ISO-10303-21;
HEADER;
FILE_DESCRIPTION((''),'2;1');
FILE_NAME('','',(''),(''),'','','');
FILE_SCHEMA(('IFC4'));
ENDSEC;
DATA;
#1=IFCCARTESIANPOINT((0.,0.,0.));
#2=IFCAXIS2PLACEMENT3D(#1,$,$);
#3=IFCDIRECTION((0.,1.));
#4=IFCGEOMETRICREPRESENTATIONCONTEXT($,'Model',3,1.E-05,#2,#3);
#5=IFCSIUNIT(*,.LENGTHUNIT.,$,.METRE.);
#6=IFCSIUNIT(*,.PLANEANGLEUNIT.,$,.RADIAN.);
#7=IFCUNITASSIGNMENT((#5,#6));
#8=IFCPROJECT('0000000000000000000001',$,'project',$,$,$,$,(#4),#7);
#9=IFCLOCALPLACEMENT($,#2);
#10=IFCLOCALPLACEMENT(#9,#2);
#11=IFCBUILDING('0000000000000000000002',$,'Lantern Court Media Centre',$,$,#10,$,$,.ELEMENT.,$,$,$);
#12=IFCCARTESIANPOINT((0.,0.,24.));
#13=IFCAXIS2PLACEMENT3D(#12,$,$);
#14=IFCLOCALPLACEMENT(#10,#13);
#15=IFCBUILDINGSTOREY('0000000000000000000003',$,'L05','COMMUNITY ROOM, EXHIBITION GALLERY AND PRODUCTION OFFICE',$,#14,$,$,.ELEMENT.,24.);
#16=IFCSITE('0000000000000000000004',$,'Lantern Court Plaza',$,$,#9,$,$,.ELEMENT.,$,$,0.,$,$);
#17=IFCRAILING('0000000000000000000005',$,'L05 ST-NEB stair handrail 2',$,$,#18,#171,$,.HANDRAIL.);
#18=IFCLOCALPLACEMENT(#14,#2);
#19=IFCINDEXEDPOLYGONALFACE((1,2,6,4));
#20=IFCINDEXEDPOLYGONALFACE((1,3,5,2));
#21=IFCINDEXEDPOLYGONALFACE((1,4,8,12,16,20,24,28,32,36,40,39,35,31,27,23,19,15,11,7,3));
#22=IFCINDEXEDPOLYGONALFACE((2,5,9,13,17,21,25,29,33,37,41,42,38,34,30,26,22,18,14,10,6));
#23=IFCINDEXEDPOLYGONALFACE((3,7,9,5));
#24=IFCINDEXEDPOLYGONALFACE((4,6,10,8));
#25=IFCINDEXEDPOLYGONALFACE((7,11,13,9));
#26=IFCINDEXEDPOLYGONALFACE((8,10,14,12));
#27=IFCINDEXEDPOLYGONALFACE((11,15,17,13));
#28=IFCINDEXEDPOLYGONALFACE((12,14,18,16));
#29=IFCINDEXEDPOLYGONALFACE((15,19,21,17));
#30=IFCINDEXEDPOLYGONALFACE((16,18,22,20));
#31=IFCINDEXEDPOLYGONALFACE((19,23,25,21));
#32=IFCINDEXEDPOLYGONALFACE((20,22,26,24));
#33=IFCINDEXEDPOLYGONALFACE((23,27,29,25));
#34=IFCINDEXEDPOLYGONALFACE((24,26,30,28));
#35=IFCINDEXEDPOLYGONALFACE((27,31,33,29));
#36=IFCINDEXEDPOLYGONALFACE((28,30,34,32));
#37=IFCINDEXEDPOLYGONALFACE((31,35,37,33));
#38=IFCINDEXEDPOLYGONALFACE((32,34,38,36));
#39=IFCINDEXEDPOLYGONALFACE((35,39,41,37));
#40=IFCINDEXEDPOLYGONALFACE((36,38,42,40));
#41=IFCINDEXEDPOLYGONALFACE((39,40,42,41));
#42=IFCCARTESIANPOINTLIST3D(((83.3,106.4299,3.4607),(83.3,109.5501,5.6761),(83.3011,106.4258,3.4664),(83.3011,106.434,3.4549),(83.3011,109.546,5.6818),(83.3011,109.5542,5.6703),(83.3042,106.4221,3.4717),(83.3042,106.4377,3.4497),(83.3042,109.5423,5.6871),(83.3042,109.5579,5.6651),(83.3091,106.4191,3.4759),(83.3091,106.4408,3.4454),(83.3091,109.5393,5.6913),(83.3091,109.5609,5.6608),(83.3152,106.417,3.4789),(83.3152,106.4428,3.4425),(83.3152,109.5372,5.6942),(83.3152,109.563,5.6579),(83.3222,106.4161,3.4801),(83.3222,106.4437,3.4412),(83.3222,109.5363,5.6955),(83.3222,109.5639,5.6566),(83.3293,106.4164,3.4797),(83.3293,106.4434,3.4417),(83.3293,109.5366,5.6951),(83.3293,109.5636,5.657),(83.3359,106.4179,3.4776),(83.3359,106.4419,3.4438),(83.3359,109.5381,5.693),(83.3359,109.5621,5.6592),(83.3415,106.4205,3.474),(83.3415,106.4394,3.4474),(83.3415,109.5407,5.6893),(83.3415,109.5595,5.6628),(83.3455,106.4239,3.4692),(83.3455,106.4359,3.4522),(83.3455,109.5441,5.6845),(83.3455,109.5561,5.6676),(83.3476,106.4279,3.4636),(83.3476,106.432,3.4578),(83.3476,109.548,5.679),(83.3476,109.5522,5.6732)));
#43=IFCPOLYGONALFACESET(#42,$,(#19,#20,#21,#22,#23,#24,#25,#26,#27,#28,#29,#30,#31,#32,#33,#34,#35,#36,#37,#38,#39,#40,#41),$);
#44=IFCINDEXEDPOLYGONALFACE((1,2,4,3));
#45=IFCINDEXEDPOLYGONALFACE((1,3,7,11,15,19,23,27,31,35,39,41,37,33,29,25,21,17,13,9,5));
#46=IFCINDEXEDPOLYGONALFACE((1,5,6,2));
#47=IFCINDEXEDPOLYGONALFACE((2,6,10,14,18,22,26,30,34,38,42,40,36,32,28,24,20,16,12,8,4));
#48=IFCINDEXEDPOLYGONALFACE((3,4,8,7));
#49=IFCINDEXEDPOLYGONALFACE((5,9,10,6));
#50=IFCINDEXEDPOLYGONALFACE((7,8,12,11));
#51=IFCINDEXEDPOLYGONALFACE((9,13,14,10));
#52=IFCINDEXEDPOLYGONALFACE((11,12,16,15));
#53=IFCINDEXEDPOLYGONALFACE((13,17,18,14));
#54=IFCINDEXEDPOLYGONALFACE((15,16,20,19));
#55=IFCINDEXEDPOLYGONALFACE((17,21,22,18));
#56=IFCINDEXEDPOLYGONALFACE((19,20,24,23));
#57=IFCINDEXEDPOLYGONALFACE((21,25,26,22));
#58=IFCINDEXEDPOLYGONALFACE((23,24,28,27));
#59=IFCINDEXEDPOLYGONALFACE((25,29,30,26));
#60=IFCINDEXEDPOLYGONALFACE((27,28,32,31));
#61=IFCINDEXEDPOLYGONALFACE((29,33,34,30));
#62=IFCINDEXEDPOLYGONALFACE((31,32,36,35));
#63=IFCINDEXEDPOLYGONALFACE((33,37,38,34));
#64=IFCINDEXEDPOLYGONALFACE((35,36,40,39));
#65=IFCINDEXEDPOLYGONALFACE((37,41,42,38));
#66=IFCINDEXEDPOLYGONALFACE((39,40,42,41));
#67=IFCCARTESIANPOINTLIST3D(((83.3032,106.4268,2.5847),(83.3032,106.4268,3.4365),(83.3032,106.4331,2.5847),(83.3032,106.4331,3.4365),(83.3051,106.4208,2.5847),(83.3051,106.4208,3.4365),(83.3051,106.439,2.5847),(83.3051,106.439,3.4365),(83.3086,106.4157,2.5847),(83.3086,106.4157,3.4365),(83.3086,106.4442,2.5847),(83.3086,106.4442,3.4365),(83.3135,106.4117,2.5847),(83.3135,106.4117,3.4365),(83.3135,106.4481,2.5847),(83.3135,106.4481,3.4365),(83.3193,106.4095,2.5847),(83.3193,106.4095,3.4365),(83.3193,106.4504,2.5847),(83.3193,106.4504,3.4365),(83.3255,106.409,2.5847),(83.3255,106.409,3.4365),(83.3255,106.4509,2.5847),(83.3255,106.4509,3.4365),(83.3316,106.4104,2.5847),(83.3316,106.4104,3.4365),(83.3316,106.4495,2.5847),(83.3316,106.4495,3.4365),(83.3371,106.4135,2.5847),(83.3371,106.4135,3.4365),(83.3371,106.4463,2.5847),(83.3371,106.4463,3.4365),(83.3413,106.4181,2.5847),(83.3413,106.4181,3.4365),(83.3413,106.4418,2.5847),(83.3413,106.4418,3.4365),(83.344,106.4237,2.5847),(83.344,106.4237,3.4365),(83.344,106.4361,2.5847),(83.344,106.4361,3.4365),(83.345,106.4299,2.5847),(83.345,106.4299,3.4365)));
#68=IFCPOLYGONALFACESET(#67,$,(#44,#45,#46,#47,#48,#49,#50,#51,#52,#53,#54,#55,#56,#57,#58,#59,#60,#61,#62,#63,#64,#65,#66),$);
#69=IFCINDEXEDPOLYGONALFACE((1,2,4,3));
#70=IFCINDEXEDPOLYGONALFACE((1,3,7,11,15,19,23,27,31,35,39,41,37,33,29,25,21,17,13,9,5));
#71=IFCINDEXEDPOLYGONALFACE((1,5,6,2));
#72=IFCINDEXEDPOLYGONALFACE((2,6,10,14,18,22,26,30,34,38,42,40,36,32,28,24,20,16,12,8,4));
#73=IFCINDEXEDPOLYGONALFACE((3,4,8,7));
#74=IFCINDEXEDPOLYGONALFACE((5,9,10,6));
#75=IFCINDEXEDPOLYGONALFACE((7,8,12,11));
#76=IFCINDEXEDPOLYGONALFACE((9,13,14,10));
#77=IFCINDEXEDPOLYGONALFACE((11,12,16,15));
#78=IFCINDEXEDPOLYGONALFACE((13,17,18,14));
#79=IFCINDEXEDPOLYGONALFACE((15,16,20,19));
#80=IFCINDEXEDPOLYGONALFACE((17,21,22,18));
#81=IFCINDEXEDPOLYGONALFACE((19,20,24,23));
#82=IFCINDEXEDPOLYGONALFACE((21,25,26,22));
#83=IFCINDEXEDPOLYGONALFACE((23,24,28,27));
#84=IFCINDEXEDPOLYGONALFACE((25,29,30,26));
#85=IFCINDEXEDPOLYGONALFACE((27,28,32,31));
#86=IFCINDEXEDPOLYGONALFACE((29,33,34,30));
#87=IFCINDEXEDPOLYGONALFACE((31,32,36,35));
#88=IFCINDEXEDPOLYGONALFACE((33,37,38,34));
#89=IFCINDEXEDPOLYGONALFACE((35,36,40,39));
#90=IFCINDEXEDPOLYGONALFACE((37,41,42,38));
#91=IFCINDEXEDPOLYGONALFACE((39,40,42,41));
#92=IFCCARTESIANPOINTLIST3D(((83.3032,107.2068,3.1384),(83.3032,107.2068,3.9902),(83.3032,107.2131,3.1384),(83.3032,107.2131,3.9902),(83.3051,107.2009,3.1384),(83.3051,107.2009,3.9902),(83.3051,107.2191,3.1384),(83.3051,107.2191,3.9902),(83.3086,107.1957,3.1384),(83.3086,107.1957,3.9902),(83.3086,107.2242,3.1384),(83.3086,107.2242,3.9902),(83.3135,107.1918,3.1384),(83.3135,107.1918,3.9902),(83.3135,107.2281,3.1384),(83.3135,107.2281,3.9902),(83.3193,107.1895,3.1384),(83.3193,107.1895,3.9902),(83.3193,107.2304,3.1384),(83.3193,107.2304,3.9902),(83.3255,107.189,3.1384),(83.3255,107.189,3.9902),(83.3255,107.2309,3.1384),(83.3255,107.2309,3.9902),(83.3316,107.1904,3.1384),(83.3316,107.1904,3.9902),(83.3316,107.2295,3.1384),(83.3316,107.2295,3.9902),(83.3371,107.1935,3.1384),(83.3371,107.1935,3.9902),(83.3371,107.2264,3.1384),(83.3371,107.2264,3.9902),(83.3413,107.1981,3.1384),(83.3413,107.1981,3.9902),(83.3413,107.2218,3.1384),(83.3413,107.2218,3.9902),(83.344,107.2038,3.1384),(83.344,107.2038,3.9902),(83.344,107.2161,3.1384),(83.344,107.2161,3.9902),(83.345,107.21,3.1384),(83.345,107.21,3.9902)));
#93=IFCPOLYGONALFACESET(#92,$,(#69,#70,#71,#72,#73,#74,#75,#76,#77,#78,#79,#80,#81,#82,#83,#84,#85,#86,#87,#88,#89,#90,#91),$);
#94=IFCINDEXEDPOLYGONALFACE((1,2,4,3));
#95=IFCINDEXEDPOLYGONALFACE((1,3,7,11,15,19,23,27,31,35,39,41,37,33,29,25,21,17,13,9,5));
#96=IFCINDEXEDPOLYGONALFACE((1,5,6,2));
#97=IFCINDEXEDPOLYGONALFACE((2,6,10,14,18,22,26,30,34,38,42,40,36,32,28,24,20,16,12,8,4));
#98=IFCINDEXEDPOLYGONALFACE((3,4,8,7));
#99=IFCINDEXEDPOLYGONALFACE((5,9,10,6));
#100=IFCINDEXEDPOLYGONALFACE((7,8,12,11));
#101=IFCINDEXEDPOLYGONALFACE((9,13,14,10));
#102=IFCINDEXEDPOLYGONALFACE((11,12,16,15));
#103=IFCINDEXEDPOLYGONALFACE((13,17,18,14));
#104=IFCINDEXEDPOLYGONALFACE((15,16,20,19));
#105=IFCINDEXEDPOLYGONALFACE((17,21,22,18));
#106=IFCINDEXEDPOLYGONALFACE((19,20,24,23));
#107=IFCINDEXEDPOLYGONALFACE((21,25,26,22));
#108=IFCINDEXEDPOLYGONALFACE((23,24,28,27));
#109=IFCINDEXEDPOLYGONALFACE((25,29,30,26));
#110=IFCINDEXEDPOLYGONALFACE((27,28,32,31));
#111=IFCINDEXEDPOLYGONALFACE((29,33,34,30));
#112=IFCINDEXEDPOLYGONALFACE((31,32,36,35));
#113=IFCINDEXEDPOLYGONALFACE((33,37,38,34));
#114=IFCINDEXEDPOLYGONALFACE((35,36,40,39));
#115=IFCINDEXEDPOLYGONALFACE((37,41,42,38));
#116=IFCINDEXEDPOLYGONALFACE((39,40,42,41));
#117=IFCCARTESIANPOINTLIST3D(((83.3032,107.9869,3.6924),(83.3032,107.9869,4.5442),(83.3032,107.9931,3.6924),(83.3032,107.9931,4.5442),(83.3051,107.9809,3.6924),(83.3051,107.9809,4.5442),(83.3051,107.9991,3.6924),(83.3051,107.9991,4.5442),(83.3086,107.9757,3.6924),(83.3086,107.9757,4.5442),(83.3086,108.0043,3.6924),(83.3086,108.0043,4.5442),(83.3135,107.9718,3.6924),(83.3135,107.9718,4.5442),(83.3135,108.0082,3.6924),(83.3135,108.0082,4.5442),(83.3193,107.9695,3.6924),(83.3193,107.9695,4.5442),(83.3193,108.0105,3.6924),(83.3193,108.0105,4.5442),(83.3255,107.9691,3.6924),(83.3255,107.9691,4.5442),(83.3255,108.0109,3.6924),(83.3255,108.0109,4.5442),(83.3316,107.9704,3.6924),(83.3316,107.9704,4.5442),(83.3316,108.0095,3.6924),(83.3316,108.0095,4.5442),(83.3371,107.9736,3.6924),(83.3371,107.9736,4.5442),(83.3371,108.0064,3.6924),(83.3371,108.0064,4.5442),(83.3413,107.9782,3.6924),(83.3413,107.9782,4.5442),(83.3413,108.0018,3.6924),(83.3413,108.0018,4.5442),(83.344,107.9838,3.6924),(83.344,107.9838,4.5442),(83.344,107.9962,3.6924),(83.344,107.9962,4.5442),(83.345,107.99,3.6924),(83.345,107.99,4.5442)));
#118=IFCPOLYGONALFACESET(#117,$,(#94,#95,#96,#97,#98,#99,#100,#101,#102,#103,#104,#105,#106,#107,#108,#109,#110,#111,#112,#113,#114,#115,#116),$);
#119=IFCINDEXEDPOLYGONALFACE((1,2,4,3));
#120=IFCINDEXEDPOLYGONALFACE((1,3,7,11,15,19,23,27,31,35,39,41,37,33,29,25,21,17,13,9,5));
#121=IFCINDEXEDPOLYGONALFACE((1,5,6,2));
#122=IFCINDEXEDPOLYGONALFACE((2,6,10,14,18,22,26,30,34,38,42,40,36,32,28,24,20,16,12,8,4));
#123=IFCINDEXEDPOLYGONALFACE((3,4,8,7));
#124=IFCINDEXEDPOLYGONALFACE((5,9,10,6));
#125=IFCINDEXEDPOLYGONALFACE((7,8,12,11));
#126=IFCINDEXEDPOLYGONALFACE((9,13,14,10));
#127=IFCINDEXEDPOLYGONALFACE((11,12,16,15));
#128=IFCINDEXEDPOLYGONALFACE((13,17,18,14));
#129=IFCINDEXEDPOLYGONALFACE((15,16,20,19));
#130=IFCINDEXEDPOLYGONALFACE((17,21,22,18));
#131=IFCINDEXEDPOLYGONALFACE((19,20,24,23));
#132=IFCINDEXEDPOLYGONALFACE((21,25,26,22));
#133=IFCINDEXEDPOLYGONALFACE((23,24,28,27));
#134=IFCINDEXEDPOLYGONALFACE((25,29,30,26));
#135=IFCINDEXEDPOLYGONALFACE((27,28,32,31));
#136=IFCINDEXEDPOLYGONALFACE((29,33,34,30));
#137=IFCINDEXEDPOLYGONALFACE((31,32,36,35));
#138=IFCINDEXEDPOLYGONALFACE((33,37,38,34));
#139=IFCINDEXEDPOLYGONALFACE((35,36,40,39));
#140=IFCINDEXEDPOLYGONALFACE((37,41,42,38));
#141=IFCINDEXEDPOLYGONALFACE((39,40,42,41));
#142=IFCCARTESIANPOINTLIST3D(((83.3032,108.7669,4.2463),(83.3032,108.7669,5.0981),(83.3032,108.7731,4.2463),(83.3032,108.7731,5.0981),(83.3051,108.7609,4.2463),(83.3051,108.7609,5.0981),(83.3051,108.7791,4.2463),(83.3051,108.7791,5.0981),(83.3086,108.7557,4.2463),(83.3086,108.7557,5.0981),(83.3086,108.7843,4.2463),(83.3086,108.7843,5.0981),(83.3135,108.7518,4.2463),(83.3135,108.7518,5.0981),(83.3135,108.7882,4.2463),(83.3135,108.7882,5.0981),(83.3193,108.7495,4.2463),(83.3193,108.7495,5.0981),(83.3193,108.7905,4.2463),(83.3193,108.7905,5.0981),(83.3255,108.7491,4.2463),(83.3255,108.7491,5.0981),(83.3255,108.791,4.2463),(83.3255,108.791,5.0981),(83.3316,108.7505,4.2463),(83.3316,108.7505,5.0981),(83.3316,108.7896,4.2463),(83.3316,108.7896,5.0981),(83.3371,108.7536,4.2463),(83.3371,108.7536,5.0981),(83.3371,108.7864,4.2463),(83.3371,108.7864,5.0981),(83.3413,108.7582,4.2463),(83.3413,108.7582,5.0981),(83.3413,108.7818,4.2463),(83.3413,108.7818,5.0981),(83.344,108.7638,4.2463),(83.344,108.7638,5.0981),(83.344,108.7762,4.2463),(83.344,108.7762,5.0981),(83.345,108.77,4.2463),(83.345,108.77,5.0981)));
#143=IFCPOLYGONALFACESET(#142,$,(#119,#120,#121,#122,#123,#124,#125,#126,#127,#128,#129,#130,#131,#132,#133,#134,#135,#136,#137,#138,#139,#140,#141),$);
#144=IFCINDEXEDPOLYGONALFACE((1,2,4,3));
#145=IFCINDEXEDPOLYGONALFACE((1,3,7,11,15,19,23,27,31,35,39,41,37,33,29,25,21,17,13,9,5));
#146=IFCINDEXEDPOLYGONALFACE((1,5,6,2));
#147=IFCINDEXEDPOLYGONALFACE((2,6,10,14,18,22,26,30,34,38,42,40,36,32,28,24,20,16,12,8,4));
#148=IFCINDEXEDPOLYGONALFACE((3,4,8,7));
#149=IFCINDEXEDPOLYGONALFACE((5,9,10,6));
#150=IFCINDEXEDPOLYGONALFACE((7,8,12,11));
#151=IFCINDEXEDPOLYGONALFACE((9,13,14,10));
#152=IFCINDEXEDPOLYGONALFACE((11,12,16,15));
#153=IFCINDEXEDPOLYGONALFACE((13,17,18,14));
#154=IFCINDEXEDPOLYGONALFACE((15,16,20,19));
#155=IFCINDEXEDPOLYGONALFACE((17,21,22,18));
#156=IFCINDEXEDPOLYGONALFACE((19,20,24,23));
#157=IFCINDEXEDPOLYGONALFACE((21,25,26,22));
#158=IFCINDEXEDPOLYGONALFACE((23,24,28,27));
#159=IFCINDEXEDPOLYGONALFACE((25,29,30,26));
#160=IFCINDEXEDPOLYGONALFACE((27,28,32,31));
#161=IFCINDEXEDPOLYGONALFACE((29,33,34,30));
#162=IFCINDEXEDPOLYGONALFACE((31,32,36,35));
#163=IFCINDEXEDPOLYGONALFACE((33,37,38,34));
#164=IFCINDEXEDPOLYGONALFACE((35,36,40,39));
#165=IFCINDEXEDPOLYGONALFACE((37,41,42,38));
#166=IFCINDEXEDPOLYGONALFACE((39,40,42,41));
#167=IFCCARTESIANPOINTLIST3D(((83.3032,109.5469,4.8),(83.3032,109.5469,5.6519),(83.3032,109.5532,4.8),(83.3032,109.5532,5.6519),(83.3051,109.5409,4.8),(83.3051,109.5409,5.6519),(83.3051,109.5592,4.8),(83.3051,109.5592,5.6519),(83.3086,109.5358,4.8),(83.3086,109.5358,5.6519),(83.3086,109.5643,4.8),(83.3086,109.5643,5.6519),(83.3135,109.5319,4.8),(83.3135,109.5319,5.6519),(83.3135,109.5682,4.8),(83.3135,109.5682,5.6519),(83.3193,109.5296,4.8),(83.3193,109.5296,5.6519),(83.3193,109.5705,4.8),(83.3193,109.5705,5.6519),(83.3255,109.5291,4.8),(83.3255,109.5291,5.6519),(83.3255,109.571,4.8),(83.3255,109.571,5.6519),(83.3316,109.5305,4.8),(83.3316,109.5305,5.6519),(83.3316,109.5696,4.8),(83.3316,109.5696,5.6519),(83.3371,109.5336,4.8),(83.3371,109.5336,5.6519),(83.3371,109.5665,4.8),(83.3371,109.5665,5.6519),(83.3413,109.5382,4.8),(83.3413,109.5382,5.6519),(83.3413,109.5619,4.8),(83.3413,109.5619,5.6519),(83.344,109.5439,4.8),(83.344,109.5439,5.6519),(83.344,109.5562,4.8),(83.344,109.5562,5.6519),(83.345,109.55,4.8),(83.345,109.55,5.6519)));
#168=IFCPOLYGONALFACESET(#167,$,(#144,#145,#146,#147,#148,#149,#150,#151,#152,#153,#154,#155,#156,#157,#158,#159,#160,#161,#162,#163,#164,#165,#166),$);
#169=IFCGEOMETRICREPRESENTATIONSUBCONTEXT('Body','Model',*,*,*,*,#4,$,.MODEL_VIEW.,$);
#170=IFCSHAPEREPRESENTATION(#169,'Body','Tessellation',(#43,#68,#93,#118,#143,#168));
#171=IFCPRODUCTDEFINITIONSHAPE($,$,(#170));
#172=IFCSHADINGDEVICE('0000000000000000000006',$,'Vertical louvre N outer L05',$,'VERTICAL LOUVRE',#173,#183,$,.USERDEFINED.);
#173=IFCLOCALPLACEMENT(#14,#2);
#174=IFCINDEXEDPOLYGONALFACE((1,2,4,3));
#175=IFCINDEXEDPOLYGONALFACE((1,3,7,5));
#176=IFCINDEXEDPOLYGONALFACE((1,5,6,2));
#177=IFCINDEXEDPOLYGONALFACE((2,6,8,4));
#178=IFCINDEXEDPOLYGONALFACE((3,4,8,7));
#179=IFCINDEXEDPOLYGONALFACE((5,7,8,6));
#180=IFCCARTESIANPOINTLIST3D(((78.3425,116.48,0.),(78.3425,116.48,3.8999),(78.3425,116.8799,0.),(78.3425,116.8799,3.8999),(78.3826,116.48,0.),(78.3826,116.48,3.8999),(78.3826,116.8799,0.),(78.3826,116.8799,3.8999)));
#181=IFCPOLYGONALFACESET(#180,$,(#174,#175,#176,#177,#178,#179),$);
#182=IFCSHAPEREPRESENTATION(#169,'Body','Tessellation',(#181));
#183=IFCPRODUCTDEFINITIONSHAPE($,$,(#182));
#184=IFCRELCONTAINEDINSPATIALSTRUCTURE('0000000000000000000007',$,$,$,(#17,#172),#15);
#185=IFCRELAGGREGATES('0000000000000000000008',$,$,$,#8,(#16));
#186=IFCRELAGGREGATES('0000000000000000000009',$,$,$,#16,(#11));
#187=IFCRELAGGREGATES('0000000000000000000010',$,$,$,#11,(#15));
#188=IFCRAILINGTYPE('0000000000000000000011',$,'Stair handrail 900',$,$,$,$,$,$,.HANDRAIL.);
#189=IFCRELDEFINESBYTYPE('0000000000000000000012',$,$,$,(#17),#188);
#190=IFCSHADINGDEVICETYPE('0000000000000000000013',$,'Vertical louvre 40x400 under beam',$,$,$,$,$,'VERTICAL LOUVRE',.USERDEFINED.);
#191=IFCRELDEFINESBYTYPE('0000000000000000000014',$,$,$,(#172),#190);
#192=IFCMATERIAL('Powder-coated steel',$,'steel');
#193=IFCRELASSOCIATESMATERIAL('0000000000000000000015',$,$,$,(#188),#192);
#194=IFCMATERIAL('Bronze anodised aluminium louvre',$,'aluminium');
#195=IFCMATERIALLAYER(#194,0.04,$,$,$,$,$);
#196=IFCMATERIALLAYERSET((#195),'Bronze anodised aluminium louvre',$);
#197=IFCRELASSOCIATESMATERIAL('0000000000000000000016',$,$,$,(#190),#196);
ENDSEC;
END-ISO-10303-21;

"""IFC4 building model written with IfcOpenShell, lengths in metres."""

from ifc_helpers import new_model, si_unit, direction, frame, origin, origin_2d, place, context, subcontext, project, spatial, rectangle, circle, extrude, material, layer, layer_set, type_object, element, save


model = new_model("IFC4")

# Units and contexts
model_context = context("Model", 3, precision=1e-05, world=origin(), true_north=direction((0.0, 1.0)))
body_context = subcontext(model_context, "Body", "Model", "MODEL_VIEW")
ifc_project = project(units=[si_unit("LENGTHUNIT", "METRE"), si_unit("PLANEANGLEUNIT", "RADIAN")], contexts=[model_context])

# Site, building, storey
site_placement = place(None, origin())
site = spatial("IfcSite", under=ifc_project, at=site_placement, Name="Lantern Court Plaza", CompositionType="ELEMENT", RefElevation=0.0)
building_placement = place(site_placement, origin())
building = spatial("IfcBuilding", under=site, at=building_placement, Name="Lantern Court Media Centre", CompositionType="ELEMENT")
storey_placement = place(building_placement, frame((0.0, 0.0, 24.0)))
storey = spatial("IfcBuildingStorey", under=building, at=storey_placement, Name="L05", Description="COMMUNITY ROOM, EXHIBITION GALLERY AND PRODUCTION OFFICE", CompositionType="ELEMENT", Elevation=24.0)

# Shared definitions
ifc_material_1 = material(Name="Powder-coated steel", Category="steel")

# Railing
railing_type_1 = type_object("IfcRailingType", Name="Stair handrail 900", PredefinedType="HANDRAIL", material=ifc_material_1)
railing_1_placement = place(storey_placement, frame((83.324, 106.4299, 2.5847)))
element("IfcRailing", 1, at=railing_1_placement, inside=storey, type_object=railing_type_1, Name="L05 ST-NEB stair handrail 2", PredefinedType="HANDRAIL", context=body_context, shape_type="SweptSolid", body=[
    extrude(circle(Radius=0.0239, at=origin_2d()), frame((0.0, 0.0, 0.876), z_axis=(0.0, 0.815377, 0.57893), x_axis=(-1.0, 0.0, 0.0)), (0.0, 0.0, 1.0), 3.8267),
    extrude(circle(Radius=0.021, at=origin_2d()), origin(), (0.0, 0.0, 1.0), 0.8518),
    extrude(circle(Radius=0.021, at=origin_2d()), frame((0.0, 0.78, 0.5537)), (0.0, 0.0, 1.0), 0.8518),
    extrude(circle(Radius=0.021, at=origin_2d()), frame((0.0, 1.5601, 1.1077)), (0.0, 0.0, 1.0), 0.8518),
    extrude(circle(Radius=0.021, at=origin_2d()), frame((0.0, 2.3401, 1.6616)), (0.0, 0.0, 1.0), 0.8518),
    extrude(circle(Radius=0.021, at=origin_2d()), frame((0.0, 3.1201, 2.2153)), (0.0, 0.0, 1.0), 0.8518),
])

# Shading device
ifc_material_2 = material(Name="Bronze anodised aluminium louvre", Category="aluminium")
ifc_layer_1 = layer(ifc_material_2, 0.04)
ifc_layer_set_1 = layer_set([ifc_layer_1], Name="Bronze anodised aluminium louvre")
shading_device_type = type_object("IfcShadingDeviceType", Name="Vertical louvre 40x400 under beam", ElementType="VERTICAL LOUVRE", PredefinedType="USERDEFINED", material=ifc_layer_set_1)
shading_device_placement = place(storey_placement, frame((78.3625, 116.6799, 0.0), z_axis=(0.0, 0.0, 1.0), x_axis=(1.0, 0.0, 0.0)))
element("IfcShadingDevice", 2, at=shading_device_placement, inside=storey, type_object=shading_device_type, Name="Vertical louvre N outer L05", ObjectType="VERTICAL LOUVRE", PredefinedType="USERDEFINED", context=body_context, shape_type="SweptSolid", body=[
    extrude(rectangle(XDim=0.04, YDim=0.3999, at=origin_2d()), origin(), (0.0, 0.0, 1.0), 3.8999),
])

save(model, "model.ifc")
